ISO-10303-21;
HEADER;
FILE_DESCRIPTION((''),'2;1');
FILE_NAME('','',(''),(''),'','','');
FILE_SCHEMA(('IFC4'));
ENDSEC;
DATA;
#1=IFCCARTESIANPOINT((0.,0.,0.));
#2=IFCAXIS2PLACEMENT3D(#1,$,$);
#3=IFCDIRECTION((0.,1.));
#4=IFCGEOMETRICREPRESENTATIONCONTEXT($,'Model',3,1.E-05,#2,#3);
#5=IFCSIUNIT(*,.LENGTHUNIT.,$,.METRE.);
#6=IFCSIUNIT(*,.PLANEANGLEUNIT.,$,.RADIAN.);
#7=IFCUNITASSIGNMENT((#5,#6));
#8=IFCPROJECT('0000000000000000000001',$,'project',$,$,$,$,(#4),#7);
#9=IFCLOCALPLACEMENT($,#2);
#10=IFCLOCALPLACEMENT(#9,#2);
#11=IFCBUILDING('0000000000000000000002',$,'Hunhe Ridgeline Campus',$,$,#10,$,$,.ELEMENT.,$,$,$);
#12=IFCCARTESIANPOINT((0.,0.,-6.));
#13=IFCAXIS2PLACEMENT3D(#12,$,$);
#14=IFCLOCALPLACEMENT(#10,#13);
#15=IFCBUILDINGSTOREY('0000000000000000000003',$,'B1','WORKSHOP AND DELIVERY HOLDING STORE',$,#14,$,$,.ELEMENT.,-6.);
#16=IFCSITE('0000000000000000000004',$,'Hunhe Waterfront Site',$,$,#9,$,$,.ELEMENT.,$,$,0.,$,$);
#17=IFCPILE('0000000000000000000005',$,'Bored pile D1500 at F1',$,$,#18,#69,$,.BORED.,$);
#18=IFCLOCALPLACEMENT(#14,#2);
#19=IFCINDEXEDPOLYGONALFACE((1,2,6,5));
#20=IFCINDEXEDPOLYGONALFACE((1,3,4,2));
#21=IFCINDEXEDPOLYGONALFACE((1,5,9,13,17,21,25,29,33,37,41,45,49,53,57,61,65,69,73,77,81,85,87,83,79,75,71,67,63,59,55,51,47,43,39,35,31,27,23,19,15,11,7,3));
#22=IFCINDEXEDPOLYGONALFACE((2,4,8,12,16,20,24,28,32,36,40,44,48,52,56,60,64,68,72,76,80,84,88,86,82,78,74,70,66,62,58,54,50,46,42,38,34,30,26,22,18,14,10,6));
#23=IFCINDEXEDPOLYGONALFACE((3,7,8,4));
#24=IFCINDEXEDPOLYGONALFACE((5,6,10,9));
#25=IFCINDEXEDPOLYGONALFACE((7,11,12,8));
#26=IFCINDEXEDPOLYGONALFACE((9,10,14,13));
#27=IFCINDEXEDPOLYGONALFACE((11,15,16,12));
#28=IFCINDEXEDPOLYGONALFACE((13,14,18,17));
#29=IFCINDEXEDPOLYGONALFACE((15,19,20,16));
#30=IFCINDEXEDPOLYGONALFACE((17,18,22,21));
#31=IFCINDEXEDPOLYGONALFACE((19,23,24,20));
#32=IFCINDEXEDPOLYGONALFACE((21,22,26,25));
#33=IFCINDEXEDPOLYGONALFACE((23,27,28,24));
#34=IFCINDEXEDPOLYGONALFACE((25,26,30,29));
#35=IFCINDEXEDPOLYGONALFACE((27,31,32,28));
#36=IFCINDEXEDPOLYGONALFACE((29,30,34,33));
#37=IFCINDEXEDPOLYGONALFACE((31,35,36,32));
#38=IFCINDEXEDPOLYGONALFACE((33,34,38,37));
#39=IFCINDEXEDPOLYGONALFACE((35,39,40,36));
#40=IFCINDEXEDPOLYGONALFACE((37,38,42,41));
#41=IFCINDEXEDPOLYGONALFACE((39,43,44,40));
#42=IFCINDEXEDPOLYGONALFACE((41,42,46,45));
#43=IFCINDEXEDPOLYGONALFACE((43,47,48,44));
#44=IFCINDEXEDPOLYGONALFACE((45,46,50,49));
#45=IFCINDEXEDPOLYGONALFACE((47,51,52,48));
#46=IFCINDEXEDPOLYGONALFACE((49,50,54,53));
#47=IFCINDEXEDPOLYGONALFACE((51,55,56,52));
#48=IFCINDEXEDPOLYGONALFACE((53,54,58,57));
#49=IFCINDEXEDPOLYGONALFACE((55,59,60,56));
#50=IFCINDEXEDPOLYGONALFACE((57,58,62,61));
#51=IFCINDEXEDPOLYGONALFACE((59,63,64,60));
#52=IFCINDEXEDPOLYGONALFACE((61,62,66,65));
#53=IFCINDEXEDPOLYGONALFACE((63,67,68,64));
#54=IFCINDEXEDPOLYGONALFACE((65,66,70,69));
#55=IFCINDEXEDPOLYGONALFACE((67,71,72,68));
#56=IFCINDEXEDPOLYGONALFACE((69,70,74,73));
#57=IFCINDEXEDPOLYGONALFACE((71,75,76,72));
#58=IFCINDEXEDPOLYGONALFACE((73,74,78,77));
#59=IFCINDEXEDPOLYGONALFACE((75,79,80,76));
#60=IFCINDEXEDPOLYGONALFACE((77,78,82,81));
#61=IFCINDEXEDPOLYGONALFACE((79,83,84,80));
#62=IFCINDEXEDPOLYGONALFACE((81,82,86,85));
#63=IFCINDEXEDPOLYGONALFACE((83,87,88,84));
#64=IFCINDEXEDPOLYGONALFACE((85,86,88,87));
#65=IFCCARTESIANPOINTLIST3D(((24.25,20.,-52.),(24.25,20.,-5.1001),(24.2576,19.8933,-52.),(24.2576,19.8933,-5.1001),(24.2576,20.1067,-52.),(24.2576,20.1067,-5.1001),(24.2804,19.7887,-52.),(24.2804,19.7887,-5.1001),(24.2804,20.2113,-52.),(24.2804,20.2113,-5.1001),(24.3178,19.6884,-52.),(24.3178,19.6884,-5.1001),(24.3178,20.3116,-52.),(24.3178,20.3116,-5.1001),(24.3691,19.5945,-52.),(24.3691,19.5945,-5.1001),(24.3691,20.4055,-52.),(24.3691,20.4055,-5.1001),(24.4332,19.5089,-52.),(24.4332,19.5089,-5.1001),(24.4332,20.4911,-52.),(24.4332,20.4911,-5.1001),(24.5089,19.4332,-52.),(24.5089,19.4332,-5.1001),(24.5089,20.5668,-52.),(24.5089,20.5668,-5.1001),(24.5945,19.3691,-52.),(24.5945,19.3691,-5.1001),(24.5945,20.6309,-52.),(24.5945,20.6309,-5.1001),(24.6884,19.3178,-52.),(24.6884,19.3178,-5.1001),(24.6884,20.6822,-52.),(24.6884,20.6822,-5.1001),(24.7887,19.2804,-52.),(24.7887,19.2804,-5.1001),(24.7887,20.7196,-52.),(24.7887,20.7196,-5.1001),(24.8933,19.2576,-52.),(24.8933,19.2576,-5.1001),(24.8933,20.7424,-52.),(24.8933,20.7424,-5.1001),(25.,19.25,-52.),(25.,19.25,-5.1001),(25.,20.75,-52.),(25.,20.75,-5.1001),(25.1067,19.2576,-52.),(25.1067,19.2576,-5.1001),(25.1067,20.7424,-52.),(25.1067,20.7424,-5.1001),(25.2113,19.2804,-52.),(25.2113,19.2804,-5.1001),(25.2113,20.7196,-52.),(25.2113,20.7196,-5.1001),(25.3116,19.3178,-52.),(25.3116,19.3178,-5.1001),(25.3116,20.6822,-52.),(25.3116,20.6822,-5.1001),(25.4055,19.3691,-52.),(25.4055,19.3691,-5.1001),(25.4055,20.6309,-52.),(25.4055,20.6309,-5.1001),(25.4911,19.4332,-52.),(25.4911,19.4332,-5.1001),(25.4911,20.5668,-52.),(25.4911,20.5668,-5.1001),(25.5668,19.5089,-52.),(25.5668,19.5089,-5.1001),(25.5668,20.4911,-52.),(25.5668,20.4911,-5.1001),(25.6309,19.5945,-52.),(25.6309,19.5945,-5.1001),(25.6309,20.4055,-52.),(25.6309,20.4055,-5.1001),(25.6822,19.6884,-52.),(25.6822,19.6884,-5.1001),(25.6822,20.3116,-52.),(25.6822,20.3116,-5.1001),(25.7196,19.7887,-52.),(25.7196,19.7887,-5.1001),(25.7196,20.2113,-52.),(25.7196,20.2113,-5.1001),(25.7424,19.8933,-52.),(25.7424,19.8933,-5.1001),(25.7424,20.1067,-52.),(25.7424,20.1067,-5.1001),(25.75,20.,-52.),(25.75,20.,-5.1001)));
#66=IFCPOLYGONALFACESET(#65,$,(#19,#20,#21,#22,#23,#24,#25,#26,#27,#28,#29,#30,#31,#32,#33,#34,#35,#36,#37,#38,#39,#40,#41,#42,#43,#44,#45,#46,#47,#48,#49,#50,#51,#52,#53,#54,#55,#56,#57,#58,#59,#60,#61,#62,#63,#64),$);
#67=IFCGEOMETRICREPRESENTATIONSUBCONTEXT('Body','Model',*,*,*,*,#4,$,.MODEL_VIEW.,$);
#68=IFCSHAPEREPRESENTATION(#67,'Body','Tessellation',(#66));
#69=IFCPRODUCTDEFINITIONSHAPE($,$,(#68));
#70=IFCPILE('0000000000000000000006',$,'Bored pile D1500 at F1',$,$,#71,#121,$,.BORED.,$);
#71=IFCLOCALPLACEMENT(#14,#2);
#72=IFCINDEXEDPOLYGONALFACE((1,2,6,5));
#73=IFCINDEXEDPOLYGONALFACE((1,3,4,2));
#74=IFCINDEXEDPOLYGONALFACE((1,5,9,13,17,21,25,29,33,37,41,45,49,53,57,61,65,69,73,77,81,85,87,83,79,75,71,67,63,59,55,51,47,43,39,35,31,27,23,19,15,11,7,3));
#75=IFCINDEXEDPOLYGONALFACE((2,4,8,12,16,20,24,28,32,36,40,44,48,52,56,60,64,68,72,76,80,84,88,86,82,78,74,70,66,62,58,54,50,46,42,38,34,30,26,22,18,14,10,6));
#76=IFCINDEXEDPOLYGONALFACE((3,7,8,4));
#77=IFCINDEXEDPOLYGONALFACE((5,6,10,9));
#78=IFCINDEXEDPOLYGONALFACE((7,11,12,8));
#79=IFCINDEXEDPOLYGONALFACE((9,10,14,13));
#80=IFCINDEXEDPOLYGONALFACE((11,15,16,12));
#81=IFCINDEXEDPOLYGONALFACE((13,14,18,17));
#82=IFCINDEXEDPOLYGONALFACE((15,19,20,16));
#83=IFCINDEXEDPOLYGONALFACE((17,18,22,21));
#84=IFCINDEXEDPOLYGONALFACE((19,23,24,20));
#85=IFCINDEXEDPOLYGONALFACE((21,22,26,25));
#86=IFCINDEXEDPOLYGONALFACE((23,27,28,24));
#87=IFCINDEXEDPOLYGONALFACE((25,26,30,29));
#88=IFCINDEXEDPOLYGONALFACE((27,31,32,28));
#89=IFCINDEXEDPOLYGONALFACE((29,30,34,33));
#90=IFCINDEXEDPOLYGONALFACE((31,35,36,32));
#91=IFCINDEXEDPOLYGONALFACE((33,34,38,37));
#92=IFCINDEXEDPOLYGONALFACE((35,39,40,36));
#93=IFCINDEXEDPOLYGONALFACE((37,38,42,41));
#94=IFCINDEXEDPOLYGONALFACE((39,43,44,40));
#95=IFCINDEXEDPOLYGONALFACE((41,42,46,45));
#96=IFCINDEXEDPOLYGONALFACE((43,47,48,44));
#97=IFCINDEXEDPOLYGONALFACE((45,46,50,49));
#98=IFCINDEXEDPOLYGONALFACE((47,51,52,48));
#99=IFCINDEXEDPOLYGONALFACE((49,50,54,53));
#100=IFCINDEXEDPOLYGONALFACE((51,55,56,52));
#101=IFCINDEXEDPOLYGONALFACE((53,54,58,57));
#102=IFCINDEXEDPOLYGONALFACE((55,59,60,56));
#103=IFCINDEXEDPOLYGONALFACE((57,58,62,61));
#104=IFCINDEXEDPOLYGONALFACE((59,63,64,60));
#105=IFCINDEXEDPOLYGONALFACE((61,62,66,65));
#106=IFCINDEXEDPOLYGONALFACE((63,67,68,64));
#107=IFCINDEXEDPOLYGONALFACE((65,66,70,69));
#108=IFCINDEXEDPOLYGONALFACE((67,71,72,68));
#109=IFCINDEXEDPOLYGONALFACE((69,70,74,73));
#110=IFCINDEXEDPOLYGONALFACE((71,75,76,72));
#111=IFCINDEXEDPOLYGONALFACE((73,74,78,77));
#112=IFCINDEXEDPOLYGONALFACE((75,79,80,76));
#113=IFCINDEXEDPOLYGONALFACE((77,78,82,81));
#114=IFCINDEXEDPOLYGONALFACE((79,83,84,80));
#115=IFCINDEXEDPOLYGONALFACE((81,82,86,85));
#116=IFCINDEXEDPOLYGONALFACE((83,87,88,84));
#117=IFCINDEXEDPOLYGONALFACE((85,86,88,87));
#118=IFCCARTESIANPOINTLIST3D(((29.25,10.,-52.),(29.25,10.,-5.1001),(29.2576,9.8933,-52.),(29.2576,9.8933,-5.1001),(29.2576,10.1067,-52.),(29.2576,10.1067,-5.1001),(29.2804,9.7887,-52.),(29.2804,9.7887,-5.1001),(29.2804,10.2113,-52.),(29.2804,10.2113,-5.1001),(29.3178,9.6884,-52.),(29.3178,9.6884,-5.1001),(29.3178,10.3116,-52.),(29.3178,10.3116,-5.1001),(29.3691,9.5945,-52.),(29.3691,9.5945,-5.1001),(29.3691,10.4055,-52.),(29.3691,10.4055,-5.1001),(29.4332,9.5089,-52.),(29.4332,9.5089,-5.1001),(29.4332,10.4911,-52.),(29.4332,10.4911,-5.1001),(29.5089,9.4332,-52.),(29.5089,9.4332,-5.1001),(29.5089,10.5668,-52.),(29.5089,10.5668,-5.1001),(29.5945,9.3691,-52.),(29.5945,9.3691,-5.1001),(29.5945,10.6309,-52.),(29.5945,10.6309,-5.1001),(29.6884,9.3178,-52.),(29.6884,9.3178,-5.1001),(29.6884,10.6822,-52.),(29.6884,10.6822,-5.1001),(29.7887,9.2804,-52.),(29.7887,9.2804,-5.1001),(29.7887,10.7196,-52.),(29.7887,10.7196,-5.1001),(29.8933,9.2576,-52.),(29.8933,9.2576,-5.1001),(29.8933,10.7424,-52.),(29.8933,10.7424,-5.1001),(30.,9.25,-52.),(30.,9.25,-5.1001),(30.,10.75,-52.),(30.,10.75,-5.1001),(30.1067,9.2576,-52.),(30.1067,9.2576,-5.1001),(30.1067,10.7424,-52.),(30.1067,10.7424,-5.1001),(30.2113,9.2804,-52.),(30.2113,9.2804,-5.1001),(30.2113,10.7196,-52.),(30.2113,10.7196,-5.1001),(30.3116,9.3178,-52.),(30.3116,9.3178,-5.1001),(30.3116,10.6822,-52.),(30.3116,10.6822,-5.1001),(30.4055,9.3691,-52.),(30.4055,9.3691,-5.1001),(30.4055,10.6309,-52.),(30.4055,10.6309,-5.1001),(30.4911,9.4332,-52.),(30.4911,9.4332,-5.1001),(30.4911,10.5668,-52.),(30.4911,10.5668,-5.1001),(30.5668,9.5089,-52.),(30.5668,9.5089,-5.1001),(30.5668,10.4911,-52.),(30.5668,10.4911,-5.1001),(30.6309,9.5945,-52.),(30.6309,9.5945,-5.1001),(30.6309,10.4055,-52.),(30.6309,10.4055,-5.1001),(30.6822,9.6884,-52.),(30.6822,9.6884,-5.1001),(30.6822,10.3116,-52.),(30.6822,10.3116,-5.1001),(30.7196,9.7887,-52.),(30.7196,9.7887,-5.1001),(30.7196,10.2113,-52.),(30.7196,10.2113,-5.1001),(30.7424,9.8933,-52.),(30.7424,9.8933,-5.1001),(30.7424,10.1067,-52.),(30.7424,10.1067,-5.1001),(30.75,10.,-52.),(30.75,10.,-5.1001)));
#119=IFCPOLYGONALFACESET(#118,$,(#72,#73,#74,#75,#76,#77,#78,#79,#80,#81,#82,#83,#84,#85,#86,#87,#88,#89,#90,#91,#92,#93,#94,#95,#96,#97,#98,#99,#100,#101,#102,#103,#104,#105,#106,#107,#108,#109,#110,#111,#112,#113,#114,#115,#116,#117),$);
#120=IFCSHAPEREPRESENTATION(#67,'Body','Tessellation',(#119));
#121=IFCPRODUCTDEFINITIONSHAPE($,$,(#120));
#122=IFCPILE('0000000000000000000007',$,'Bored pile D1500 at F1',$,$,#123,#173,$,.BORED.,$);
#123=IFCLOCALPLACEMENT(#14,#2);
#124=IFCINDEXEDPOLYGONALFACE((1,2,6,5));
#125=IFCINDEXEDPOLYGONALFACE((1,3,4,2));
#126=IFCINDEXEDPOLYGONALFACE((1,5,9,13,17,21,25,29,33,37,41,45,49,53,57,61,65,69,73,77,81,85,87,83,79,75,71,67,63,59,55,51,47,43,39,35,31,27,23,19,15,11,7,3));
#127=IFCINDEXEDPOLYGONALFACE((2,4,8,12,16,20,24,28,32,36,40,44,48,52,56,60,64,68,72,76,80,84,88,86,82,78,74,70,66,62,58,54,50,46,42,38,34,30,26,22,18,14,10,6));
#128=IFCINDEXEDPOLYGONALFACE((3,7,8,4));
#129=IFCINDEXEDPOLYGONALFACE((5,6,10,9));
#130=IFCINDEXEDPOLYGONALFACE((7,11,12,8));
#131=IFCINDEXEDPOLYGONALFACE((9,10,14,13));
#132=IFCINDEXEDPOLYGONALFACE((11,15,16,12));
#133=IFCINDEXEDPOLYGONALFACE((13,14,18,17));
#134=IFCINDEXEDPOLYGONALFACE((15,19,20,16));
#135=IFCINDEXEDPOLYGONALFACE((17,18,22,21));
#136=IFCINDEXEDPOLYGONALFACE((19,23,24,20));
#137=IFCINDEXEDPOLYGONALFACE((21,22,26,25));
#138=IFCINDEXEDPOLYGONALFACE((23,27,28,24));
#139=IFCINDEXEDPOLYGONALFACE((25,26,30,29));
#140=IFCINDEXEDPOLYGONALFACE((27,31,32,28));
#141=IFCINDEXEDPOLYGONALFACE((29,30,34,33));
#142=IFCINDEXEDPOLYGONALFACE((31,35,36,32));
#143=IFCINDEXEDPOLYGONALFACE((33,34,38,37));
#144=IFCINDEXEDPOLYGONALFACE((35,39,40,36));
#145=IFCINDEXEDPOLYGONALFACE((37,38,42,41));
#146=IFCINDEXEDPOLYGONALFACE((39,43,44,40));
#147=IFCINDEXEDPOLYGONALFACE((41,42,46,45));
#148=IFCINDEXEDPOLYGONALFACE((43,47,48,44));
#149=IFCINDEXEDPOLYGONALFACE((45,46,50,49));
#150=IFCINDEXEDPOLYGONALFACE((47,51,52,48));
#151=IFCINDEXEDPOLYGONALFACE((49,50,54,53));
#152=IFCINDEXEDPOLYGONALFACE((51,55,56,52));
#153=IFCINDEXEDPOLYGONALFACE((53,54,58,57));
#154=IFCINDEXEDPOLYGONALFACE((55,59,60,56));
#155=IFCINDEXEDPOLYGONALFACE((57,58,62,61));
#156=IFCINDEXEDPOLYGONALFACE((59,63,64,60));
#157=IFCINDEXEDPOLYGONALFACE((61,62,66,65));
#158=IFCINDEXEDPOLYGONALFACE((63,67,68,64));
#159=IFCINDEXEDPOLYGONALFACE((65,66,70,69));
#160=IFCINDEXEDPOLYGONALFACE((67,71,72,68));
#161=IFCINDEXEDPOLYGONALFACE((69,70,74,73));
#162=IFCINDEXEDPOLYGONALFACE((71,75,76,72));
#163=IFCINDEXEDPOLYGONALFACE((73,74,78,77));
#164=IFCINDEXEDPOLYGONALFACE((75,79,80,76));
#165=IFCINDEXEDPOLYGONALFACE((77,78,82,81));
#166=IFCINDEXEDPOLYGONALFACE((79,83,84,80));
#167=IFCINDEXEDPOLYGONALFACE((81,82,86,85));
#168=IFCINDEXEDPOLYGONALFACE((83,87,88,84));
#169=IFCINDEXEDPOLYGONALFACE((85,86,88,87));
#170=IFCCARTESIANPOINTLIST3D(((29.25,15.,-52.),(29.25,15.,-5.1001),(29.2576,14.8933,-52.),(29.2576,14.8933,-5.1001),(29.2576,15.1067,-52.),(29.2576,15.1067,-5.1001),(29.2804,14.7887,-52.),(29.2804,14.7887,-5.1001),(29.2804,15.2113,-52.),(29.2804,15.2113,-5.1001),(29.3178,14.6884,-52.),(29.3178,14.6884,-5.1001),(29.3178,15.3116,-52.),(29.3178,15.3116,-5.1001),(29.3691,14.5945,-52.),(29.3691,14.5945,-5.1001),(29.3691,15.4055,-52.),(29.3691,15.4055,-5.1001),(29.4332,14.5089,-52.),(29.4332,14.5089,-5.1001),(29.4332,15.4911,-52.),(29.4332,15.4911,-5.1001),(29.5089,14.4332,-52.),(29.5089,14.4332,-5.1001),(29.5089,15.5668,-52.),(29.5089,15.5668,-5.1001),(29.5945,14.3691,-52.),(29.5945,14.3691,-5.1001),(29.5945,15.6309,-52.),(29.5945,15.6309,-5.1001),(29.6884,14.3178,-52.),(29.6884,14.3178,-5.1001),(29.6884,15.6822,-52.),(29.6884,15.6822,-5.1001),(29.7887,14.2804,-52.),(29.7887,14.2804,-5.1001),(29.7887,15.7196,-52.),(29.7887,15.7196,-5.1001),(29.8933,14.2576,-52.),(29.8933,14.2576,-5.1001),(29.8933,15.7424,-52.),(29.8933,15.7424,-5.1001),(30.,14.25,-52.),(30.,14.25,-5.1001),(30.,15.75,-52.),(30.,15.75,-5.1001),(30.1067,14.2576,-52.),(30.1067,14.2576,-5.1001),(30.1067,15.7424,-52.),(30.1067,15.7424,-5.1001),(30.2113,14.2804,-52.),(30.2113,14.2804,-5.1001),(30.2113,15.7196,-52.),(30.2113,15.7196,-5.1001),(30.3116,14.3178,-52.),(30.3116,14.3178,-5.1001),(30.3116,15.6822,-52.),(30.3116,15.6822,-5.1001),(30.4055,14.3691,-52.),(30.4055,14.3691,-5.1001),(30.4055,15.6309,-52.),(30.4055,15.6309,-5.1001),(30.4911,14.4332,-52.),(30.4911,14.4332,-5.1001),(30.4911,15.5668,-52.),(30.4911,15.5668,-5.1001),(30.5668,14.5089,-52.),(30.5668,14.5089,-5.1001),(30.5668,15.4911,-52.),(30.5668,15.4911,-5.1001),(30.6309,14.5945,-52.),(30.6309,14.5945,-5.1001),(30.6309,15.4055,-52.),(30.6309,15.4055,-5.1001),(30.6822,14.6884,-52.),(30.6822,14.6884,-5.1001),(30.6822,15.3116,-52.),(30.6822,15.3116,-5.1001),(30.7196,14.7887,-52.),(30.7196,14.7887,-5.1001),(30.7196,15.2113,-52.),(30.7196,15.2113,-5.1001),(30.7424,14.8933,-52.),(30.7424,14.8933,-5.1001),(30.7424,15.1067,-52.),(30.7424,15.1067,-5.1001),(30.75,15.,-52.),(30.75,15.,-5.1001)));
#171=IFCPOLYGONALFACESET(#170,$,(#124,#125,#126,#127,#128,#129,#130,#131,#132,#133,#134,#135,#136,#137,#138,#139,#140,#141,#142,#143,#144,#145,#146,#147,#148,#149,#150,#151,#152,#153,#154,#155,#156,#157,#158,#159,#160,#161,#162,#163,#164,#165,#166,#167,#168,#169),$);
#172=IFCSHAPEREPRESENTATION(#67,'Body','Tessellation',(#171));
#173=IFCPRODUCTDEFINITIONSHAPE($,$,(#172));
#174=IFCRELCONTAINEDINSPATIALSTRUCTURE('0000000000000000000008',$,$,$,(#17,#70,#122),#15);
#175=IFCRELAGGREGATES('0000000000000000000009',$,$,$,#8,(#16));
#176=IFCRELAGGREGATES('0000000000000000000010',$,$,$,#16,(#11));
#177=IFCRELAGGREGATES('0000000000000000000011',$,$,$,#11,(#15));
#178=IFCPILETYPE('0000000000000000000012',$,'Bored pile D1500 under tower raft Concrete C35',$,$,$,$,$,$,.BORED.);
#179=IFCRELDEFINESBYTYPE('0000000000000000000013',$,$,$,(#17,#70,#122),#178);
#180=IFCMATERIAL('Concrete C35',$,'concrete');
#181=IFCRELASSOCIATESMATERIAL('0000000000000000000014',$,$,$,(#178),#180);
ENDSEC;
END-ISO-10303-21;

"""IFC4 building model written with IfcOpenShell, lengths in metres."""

from ifc_helpers import new_model, si_unit, direction, frame, origin, origin_2d, place, context, subcontext, project, spatial, circle, extrude, material, material_profile, profile_set, type_object, element, save


model = new_model("IFC4")

# Units and contexts
model_context = context("Model", 3, precision=1e-05, world=origin(), true_north=direction((0.0, 1.0)))
body_context = subcontext(model_context, "Body", "Model", "MODEL_VIEW")
ifc_project = project(units=[si_unit("LENGTHUNIT", "METRE"), si_unit("PLANEANGLEUNIT", "RADIAN")], contexts=[model_context])

# Site, building, storey
site_placement = place(None, origin())
site = spatial("IfcSite", under=ifc_project, at=site_placement, Name="Hunhe Waterfront Site", CompositionType="ELEMENT", RefElevation=0.0)
building_placement = place(site_placement, origin())
building = spatial("IfcBuilding", under=site, at=building_placement, Name="Hunhe Ridgeline Campus", CompositionType="ELEMENT")
storey_placement = place(building_placement, frame((0.0, 0.0, -6.0)))
storey = spatial("IfcBuildingStorey", under=building, at=storey_placement, Name="B1", Description="WORKSHOP AND DELIVERY HOLDING STORE", CompositionType="ELEMENT", Elevation=-6.0)

# Piles
ifc_material_1 = material(Name="Concrete C35", Category="concrete")
ifc_material_profile_1 = material_profile(ifc_material_1, circle(Radius=0.75, at=origin_2d()))
ifc_profile_set_1 = profile_set([ifc_material_profile_1], Name="Concrete C35")
pile_type = type_object("IfcPileType", Name="Bored pile D1500 under tower raft Concrete C35", PredefinedType="BORED", material=ifc_profile_set_1)
for number, where, z_axis, x_axis, name in (
    (1, (25.0, 20.0, -5.1001), (0.0, 0.0, -1.0), (1.0, 0.0, 0.0), "Bored pile D1500 at F1"),
    (2, (30.0, 10.0, -5.1001), (0.0, 0.0, -1.0), (1.0, 0.0, 0.0), "Bored pile D1500 at F1"),
    (3, (30.0, 15.0, -5.1001), (0.0, 0.0, -1.0), (1.0, 0.0, 0.0), "Bored pile D1500 at F1"),
):
    element("IfcPile", number, at=place(storey_placement, frame(where, z_axis=z_axis, x_axis=x_axis)), inside=storey, type_object=pile_type, Name=name, PredefinedType="BORED", context=body_context, shape_type="SweptSolid", body=[
        extrude(circle(Radius=0.75, at=origin_2d()), origin(), (0.0, 0.0, 1.0), 46.8999),
    ])

save(model, "model.ifc")
